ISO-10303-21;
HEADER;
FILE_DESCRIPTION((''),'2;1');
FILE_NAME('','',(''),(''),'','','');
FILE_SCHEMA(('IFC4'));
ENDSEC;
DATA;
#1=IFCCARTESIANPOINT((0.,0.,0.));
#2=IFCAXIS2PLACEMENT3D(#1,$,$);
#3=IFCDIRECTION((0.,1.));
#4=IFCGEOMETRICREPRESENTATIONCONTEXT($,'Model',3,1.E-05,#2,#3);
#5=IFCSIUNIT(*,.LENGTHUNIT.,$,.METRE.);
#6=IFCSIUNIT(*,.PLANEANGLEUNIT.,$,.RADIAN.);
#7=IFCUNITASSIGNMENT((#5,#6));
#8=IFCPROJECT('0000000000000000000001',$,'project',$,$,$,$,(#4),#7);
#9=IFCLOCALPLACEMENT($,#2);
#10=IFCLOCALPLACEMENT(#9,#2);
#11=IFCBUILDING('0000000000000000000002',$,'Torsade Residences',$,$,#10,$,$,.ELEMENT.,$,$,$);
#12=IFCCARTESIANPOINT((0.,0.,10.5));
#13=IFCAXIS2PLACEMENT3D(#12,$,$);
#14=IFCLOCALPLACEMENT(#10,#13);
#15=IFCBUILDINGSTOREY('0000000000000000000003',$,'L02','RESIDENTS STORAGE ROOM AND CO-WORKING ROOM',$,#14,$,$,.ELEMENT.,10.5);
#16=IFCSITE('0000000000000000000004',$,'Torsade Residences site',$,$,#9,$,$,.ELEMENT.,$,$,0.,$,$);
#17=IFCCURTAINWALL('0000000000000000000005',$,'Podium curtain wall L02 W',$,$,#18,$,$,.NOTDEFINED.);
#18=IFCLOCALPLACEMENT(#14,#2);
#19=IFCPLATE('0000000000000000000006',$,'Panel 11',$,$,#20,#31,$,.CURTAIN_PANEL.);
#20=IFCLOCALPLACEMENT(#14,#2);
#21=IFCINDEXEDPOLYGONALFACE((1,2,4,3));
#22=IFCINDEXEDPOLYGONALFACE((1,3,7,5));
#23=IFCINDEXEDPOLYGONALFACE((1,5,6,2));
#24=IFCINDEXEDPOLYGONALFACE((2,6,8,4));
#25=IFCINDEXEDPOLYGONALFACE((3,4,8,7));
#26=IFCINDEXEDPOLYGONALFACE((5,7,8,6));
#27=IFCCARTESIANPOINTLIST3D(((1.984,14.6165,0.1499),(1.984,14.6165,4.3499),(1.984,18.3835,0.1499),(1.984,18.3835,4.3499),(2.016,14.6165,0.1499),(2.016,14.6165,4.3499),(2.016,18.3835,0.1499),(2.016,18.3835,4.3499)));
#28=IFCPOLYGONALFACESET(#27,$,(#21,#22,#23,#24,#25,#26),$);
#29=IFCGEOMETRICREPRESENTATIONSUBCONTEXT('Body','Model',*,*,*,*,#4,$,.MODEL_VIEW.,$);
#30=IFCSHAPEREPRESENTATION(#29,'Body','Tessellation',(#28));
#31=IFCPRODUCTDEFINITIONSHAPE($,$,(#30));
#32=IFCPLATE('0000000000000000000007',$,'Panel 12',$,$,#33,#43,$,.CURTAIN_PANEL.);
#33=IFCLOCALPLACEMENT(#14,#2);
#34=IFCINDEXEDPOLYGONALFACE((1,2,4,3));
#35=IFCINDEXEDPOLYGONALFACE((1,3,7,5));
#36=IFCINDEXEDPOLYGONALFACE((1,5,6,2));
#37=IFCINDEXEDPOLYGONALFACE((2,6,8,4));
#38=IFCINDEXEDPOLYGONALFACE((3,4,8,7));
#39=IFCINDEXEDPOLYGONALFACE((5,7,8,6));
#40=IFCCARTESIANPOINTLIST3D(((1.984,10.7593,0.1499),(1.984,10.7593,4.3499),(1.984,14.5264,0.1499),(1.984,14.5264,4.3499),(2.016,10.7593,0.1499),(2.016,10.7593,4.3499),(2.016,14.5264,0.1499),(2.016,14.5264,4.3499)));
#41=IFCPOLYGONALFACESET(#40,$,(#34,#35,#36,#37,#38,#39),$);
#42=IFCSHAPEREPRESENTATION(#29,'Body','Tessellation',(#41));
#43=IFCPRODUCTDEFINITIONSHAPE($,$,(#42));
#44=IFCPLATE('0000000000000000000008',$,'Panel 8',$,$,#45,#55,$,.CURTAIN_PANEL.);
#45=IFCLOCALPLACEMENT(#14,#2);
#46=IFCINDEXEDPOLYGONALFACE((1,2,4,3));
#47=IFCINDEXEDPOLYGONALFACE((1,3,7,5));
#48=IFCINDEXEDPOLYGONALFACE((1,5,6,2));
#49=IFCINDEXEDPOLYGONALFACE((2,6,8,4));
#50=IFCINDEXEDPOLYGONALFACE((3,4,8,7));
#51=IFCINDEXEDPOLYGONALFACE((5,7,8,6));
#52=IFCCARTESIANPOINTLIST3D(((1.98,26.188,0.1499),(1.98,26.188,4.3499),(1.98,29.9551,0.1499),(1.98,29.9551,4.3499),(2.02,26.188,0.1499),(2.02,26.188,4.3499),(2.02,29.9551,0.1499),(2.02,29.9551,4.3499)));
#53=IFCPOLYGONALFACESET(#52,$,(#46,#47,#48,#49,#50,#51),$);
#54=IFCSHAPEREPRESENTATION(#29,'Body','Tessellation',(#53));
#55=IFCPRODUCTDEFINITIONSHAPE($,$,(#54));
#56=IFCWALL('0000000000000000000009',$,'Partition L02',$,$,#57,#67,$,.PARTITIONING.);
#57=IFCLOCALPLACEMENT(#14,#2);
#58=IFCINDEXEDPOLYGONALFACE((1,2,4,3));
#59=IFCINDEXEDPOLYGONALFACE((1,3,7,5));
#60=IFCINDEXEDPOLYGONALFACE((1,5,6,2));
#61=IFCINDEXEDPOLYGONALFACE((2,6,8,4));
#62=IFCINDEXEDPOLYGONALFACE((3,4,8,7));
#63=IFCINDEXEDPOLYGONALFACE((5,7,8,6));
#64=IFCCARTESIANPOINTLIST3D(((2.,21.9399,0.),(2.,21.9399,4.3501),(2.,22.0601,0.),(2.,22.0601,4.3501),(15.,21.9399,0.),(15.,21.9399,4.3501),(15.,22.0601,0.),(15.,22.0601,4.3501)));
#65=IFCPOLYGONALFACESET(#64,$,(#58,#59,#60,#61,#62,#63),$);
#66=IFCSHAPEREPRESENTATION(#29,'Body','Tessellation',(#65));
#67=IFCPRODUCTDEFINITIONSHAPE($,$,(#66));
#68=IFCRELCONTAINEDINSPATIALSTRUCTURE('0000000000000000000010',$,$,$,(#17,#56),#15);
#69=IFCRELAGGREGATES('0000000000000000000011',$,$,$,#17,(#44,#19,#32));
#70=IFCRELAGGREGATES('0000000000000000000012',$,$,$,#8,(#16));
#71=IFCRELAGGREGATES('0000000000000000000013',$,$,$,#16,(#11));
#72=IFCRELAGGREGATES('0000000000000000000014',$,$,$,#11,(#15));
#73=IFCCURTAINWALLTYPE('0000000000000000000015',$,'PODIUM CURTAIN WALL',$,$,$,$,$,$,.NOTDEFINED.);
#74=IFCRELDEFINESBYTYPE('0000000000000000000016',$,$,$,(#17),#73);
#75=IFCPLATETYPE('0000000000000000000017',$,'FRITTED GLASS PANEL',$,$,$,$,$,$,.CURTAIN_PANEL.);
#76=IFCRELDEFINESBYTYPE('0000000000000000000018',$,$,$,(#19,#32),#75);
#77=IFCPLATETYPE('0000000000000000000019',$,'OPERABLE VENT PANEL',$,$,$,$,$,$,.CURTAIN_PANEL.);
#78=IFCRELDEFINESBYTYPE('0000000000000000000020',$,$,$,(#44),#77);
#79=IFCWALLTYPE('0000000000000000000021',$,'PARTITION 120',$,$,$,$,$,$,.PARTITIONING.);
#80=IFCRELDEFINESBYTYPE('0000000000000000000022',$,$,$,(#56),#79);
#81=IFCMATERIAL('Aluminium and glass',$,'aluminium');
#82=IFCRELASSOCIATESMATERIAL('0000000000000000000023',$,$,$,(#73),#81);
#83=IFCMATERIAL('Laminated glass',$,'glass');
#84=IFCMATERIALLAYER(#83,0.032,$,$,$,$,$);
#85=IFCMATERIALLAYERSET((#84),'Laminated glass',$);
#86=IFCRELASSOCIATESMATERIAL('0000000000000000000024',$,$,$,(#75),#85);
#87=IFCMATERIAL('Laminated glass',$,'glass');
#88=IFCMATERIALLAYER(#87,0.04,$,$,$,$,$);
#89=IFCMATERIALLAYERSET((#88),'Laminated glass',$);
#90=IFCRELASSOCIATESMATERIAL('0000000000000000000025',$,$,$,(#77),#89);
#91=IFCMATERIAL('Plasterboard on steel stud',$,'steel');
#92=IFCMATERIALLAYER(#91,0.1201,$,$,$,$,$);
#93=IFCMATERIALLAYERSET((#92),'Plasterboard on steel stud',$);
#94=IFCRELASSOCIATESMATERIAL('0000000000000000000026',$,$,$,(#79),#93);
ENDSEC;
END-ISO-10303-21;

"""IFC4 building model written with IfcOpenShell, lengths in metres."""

from ifc_helpers import new_model, si_unit, direction, frame, frame_2d, origin, origin_2d, place, context, subcontext, project, spatial, rectangle, extrude, material, layer, layer_set, type_object, element, aggregate, save


model = new_model("IFC4")

# Units and contexts
model_context = context("Model", 3, precision=1e-05, world=origin(), true_north=direction((0.0, 1.0)))
body_context = subcontext(model_context, "Body", "Model", "MODEL_VIEW")
ifc_project = project(units=[si_unit("LENGTHUNIT", "METRE"), si_unit("PLANEANGLEUNIT", "RADIAN")], contexts=[model_context])

# Site, building, storey
site_placement = place(None, origin())
site = spatial("IfcSite", under=ifc_project, at=site_placement, Name="Torsade Residences site", CompositionType="ELEMENT", RefElevation=0.0)
building_placement = place(site_placement, origin())
building = spatial("IfcBuilding", under=site, at=building_placement, Name="Torsade Residences", CompositionType="ELEMENT")
storey_placement = place(building_placement, frame((0.0, 0.0, 10.5)))
storey = spatial("IfcBuildingStorey", under=building, at=storey_placement, Name="L02", Description="RESIDENTS STORAGE ROOM AND CO-WORKING ROOM", CompositionType="ELEMENT", Elevation=10.5)

# Curtain wall
ifc_material_1 = material(Name="Aluminium and glass", Category="aluminium")
curtain_wall_type = type_object("IfcCurtainWallType", Name="PODIUM CURTAIN WALL", PredefinedType="NOTDEFINED", material=ifc_material_1)
curtain_wall_placement = place(storey_placement, origin())
curtain_wall = element("IfcCurtainWall", 1, at=curtain_wall_placement, inside=storey, type_object=curtain_wall_type, Name="Podium curtain wall L02 W", PredefinedType="NOTDEFINED")

# Plates
ifc_material_2 = material(Name="Laminated glass", Category="glass")
ifc_layer_1 = layer(ifc_material_2, 0.032)
ifc_layer_set_1 = layer_set([ifc_layer_1], Name="Laminated glass")
plate_type_1 = type_object("IfcPlateType", Name="FRITTED GLASS PANEL", PredefinedType="CURTAIN_PANEL", material=ifc_layer_set_1)
plate_1_placement = place(storey_placement, frame((2.0, 16.5, 0.1499), z_axis=(0.0, 0.0, 1.0), x_axis=(0.0, -1.0, 0.0)))
plate_1 = element("IfcPlate", 2, at=plate_1_placement, type_object=plate_type_1, Name="Panel 11", PredefinedType="CURTAIN_PANEL", context=body_context, shape_type="SweptSolid", body=[
    extrude(rectangle(XDim=3.7671, YDim=0.032, at=origin_2d()), origin(), (0.0, 0.0, 1.0), 4.2),
])
plate_2_placement = place(storey_placement, frame((2.0, 12.6428, 0.1499), z_axis=(0.0, 0.0, 1.0), x_axis=(0.0, -1.0, 0.0)))
plate_2 = element("IfcPlate", 3, at=plate_2_placement, type_object=plate_type_1, Name="Panel 12", PredefinedType="CURTAIN_PANEL", context=body_context, shape_type="SweptSolid", body=[
    extrude(rectangle(XDim=3.7671, YDim=0.032, at=origin_2d()), origin(), (0.0, 0.0, 1.0), 4.2),
])
ifc_material_3 = material(Name="Laminated glass", Category="glass")
ifc_layer_2 = layer(ifc_material_3, 0.04)
ifc_layer_set_2 = layer_set([ifc_layer_2], Name="Laminated glass")
plate_type_2 = type_object("IfcPlateType", Name="OPERABLE VENT PANEL", PredefinedType="CURTAIN_PANEL", material=ifc_layer_set_2)
plate_3_placement = place(storey_placement, frame((2.0, 28.0715, 0.1499), z_axis=(0.0, 0.0, 1.0), x_axis=(0.0, -1.0, 0.0)))
plate_3 = element("IfcPlate", 4, at=plate_3_placement, type_object=plate_type_2, Name="Panel 8", PredefinedType="CURTAIN_PANEL", context=body_context, shape_type="SweptSolid", body=[
    extrude(rectangle(XDim=3.7671, YDim=0.04, at=origin_2d()), origin(), (0.0, 0.0, 1.0), 4.2),
])
aggregate(curtain_wall, [plate_3, plate_1, plate_2])

# Wall
ifc_material_4 = material(Name="Plasterboard on steel stud", Category="steel")
ifc_layer_3 = layer(ifc_material_4, 0.1201)
ifc_layer_set_3 = layer_set([ifc_layer_3], Name="Plasterboard on steel stud")
wall_type = type_object("IfcWallType", Name="PARTITION 120", PredefinedType="PARTITIONING", material=ifc_layer_set_3)
wall_placement = place(storey_placement, frame((2.0, 22.0, 0.0), z_axis=(0.0, 0.0, 1.0), x_axis=(1.0, 0.0, 0.0)))
element("IfcWall", 5, at=wall_placement, inside=storey, type_object=wall_type, Name="Partition L02", PredefinedType="PARTITIONING", context=body_context, shape_type="SweptSolid", body=[
    extrude(rectangle(XDim=13.0, YDim=0.1201, at=frame_2d((6.5, 0.0))), origin(), (0.0, 0.0, 1.0), 4.3501),
])

save(model, "model.ifc")
